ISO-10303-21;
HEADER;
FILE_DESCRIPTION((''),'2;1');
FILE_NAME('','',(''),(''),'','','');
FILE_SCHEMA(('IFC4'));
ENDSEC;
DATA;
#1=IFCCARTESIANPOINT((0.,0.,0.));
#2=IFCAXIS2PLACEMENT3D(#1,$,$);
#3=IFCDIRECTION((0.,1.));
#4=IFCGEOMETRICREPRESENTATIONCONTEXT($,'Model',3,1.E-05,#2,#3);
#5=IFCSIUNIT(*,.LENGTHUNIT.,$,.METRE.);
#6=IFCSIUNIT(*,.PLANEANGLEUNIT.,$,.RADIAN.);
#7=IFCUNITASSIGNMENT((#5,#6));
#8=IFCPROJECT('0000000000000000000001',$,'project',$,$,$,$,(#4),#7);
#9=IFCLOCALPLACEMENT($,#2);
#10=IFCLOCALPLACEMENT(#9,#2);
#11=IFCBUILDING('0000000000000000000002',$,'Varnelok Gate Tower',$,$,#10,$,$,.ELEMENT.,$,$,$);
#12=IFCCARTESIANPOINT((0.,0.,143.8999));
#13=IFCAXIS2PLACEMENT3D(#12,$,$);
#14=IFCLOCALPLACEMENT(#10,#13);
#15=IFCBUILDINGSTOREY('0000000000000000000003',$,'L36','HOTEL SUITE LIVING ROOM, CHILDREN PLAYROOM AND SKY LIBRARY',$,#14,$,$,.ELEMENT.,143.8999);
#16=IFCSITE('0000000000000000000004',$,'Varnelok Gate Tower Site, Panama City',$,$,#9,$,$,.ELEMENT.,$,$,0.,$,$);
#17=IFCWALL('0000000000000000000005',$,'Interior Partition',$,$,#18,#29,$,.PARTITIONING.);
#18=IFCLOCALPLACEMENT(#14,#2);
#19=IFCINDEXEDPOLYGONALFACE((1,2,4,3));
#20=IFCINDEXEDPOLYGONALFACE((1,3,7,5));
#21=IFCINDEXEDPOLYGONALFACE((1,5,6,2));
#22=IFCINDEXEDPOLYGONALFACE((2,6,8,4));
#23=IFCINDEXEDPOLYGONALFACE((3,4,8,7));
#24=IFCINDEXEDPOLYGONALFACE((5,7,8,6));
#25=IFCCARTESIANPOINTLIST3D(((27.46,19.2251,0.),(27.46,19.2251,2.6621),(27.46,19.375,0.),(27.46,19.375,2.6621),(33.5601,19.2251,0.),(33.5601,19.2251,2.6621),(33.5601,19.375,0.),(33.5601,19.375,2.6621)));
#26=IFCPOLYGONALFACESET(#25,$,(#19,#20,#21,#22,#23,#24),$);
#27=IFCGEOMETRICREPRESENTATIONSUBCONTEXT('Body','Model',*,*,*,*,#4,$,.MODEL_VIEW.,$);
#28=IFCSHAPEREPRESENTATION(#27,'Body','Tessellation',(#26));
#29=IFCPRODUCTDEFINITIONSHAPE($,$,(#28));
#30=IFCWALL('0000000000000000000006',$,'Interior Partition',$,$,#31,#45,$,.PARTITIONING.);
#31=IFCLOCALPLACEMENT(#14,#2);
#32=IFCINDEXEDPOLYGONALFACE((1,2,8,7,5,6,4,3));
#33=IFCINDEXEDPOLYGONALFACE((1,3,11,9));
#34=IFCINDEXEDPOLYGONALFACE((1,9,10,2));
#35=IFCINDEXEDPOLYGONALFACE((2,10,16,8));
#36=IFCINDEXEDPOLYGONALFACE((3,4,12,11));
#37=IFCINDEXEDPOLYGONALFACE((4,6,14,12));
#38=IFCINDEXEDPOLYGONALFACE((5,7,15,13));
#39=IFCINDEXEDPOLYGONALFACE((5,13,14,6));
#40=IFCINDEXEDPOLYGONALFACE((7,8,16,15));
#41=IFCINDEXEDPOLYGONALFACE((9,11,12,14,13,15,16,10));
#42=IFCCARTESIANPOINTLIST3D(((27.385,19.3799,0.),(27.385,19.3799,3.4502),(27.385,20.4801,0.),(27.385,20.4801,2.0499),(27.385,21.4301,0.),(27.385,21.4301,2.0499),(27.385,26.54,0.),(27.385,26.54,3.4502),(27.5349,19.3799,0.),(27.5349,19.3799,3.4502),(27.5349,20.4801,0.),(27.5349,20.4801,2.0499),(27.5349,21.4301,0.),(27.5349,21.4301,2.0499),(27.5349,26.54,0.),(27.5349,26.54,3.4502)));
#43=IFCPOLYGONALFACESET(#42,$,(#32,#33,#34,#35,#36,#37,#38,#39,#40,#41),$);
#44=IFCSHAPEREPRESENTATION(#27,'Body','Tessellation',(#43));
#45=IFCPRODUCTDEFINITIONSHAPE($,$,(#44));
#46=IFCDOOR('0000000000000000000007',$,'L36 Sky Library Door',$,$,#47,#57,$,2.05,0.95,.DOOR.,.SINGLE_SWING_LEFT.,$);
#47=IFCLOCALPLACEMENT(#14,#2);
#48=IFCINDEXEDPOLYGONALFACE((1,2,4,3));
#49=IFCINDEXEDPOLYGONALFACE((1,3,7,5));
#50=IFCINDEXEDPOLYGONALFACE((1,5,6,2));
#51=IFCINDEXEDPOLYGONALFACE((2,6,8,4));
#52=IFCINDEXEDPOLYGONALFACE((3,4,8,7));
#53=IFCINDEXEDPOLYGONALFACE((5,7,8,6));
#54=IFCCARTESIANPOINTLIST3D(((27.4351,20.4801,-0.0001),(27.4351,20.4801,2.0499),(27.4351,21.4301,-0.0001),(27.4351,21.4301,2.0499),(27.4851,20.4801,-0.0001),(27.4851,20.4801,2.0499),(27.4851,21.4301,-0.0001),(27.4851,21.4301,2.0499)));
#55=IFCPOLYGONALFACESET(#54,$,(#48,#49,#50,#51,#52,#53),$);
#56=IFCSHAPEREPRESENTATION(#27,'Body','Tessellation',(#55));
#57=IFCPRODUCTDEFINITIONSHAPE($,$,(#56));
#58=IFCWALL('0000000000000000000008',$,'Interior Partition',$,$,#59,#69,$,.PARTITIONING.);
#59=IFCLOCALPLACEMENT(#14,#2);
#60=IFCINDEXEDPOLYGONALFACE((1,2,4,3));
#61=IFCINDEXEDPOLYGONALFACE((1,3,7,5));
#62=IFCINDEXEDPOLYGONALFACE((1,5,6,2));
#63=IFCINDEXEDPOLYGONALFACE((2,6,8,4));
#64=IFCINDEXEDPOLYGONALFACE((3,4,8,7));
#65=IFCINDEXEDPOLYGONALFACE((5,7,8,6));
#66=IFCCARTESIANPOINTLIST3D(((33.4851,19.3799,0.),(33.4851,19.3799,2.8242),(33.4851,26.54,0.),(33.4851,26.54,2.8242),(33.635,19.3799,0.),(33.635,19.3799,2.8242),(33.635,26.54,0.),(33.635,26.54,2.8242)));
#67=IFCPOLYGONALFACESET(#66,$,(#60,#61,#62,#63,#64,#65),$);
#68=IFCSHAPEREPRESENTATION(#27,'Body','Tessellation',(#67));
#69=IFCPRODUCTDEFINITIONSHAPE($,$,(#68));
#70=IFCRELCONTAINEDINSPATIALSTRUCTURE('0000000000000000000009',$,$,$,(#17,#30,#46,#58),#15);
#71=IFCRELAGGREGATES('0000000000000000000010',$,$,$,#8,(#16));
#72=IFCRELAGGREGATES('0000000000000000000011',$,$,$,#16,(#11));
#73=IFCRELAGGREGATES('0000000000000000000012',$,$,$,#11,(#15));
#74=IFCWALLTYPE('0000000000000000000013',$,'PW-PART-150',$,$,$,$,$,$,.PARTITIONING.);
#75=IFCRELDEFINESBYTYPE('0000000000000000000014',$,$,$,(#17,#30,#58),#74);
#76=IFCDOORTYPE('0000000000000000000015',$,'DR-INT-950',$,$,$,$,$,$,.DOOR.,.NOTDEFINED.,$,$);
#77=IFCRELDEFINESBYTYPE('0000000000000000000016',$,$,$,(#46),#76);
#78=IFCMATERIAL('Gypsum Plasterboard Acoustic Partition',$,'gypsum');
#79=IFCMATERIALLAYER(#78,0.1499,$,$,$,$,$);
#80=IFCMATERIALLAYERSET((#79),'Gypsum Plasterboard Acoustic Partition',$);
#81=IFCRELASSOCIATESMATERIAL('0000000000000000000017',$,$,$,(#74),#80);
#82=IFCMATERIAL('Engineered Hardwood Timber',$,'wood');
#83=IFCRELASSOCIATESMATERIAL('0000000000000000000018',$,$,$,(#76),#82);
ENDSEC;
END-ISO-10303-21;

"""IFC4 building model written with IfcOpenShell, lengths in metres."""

from ifc_helpers import new_model, si_unit, direction, frame, frame_2d, origin, place, context, subcontext, project, spatial, rectangle, extrude, material, layer, layer_set, type_object, element, fill, save


model = new_model("IFC4")

# Units and contexts
model_context = context("Model", 3, precision=1e-05, world=origin(), true_north=direction((0.0, 1.0)))
body_context = subcontext(model_context, "Body", "Model", "MODEL_VIEW")
ifc_project = project(units=[si_unit("LENGTHUNIT", "METRE"), si_unit("PLANEANGLEUNIT", "RADIAN")], contexts=[model_context])

# Site, building, storey
site_placement = place(None, origin())
site = spatial("IfcSite", under=ifc_project, at=site_placement, Name="Varnelok Gate Tower Site, Panama City", CompositionType="ELEMENT", RefElevation=0.0)
building_placement = place(site_placement, origin())
building = spatial("IfcBuilding", under=site, at=building_placement, Name="Varnelok Gate Tower", CompositionType="ELEMENT")
storey_placement = place(building_placement, frame((0.0, 0.0, 143.8999)))
storey = spatial("IfcBuildingStorey", under=building, at=storey_placement, Name="L36", Description="HOTEL SUITE LIVING ROOM, CHILDREN PLAYROOM AND SKY LIBRARY", CompositionType="ELEMENT", Elevation=143.8999)

# Shared definitions
ifc_material_1 = material(Name="Gypsum Plasterboard Acoustic Partition", Category="gypsum")
ifc_material_2 = material(Name="Engineered Hardwood Timber", Category="wood")

# Wall
ifc_layer_1 = layer(ifc_material_1, 0.1499)
ifc_layer_set_1 = layer_set([ifc_layer_1], Name="Gypsum Plasterboard Acoustic Partition")
wall_type_1 = type_object("IfcWallType", Name="PW-PART-150", PredefinedType="PARTITIONING", material=ifc_layer_set_1)
wall_1_placement = place(storey_placement, frame((27.46, 19.3, 0.0), z_axis=(0.0, 0.0, 1.0), x_axis=(1.0, 0.0, 0.0)))
element("IfcWall", 1, at=wall_1_placement, inside=storey, type_object=wall_type_1, Name="Interior Partition", PredefinedType="PARTITIONING", context=body_context, shape_type="SweptSolid", body=[
    extrude(rectangle(XDim=6.1001, YDim=0.1499, at=frame_2d((3.05, 0.0))), origin(), (0.0, 0.0, 1.0), 2.6621),
])

# Wall, opening, door
wall_2_placement = place(storey_placement, frame((27.46, 19.3799, 0.0), z_axis=(0.0, 0.0, 1.0), x_axis=(0.0, 1.0, 0.0)))
wall_2 = element("IfcWall", 2, at=wall_2_placement, inside=storey, type_object=wall_type_1, Name="Interior Partition", PredefinedType="PARTITIONING", context=body_context, shape_type="SweptSolid", body=[
    extrude(rectangle(XDim=7.1602, YDim=0.1499, at=frame_2d((3.5801, 0.0))), origin(), (0.0, 0.0, 1.0), 3.4502),
])
opening_1_placement = place(wall_2_placement, frame((1.1001, 0.0, 0.0)))
opening_1 = element("IfcOpeningElement", 3, at=opening_1_placement, cuts=wall_2, PredefinedType="OPENING", context=body_context, shape_type="SweptSolid", body=[
    extrude(rectangle(XDim=0.95, YDim=2.05, at=frame_2d((0.4751, 1.0249))), frame((0.0, 0.085, 0.0), z_axis=(0.0, -1.0, 0.0), x_axis=(1.0, 0.0, 0.0)), (0.0, 0.0, 1.0), 0.1699),
])
door_type_1 = type_object("IfcDoorType", Name="DR-INT-950", OperationType="NOTDEFINED", PredefinedType="DOOR", material=ifc_material_2)
door_1_placement = place(opening_1_placement, origin())
door_1 = element("IfcDoor", 4, at=door_1_placement, inside=storey, type_object=door_type_1, Name="L36 Sky Library Door", OperationType="SINGLE_SWING_LEFT", OverallHeight=2.05, OverallWidth=0.95, PredefinedType="DOOR", context=body_context, shape_type="SweptSolid", body=[
    extrude(rectangle(XDim=0.95, YDim=2.05, at=frame_2d((0.4751, 1.0249))), frame((0.0, 0.0249, 0.0), z_axis=(0.0, -1.0, 0.0), x_axis=(1.0, 0.0, 0.0)), (0.0, 0.0, 1.0), 0.05),
])
fill(opening_1, door_1)

# Wall
wall_3_placement = place(storey_placement, frame((33.5601, 19.3799, 0.0), z_axis=(0.0, 0.0, 1.0), x_axis=(0.0, 1.0, 0.0)))
element("IfcWall", 5, at=wall_3_placement, inside=storey, type_object=wall_type_1, Name="Interior Partition", PredefinedType="PARTITIONING", context=body_context, shape_type="SweptSolid", body=[
    extrude(rectangle(XDim=7.1602, YDim=0.1499, at=frame_2d((3.5801, 0.0))), origin(), (0.0, 0.0, 1.0), 2.8242),
])

save(model, "model.ifc")
